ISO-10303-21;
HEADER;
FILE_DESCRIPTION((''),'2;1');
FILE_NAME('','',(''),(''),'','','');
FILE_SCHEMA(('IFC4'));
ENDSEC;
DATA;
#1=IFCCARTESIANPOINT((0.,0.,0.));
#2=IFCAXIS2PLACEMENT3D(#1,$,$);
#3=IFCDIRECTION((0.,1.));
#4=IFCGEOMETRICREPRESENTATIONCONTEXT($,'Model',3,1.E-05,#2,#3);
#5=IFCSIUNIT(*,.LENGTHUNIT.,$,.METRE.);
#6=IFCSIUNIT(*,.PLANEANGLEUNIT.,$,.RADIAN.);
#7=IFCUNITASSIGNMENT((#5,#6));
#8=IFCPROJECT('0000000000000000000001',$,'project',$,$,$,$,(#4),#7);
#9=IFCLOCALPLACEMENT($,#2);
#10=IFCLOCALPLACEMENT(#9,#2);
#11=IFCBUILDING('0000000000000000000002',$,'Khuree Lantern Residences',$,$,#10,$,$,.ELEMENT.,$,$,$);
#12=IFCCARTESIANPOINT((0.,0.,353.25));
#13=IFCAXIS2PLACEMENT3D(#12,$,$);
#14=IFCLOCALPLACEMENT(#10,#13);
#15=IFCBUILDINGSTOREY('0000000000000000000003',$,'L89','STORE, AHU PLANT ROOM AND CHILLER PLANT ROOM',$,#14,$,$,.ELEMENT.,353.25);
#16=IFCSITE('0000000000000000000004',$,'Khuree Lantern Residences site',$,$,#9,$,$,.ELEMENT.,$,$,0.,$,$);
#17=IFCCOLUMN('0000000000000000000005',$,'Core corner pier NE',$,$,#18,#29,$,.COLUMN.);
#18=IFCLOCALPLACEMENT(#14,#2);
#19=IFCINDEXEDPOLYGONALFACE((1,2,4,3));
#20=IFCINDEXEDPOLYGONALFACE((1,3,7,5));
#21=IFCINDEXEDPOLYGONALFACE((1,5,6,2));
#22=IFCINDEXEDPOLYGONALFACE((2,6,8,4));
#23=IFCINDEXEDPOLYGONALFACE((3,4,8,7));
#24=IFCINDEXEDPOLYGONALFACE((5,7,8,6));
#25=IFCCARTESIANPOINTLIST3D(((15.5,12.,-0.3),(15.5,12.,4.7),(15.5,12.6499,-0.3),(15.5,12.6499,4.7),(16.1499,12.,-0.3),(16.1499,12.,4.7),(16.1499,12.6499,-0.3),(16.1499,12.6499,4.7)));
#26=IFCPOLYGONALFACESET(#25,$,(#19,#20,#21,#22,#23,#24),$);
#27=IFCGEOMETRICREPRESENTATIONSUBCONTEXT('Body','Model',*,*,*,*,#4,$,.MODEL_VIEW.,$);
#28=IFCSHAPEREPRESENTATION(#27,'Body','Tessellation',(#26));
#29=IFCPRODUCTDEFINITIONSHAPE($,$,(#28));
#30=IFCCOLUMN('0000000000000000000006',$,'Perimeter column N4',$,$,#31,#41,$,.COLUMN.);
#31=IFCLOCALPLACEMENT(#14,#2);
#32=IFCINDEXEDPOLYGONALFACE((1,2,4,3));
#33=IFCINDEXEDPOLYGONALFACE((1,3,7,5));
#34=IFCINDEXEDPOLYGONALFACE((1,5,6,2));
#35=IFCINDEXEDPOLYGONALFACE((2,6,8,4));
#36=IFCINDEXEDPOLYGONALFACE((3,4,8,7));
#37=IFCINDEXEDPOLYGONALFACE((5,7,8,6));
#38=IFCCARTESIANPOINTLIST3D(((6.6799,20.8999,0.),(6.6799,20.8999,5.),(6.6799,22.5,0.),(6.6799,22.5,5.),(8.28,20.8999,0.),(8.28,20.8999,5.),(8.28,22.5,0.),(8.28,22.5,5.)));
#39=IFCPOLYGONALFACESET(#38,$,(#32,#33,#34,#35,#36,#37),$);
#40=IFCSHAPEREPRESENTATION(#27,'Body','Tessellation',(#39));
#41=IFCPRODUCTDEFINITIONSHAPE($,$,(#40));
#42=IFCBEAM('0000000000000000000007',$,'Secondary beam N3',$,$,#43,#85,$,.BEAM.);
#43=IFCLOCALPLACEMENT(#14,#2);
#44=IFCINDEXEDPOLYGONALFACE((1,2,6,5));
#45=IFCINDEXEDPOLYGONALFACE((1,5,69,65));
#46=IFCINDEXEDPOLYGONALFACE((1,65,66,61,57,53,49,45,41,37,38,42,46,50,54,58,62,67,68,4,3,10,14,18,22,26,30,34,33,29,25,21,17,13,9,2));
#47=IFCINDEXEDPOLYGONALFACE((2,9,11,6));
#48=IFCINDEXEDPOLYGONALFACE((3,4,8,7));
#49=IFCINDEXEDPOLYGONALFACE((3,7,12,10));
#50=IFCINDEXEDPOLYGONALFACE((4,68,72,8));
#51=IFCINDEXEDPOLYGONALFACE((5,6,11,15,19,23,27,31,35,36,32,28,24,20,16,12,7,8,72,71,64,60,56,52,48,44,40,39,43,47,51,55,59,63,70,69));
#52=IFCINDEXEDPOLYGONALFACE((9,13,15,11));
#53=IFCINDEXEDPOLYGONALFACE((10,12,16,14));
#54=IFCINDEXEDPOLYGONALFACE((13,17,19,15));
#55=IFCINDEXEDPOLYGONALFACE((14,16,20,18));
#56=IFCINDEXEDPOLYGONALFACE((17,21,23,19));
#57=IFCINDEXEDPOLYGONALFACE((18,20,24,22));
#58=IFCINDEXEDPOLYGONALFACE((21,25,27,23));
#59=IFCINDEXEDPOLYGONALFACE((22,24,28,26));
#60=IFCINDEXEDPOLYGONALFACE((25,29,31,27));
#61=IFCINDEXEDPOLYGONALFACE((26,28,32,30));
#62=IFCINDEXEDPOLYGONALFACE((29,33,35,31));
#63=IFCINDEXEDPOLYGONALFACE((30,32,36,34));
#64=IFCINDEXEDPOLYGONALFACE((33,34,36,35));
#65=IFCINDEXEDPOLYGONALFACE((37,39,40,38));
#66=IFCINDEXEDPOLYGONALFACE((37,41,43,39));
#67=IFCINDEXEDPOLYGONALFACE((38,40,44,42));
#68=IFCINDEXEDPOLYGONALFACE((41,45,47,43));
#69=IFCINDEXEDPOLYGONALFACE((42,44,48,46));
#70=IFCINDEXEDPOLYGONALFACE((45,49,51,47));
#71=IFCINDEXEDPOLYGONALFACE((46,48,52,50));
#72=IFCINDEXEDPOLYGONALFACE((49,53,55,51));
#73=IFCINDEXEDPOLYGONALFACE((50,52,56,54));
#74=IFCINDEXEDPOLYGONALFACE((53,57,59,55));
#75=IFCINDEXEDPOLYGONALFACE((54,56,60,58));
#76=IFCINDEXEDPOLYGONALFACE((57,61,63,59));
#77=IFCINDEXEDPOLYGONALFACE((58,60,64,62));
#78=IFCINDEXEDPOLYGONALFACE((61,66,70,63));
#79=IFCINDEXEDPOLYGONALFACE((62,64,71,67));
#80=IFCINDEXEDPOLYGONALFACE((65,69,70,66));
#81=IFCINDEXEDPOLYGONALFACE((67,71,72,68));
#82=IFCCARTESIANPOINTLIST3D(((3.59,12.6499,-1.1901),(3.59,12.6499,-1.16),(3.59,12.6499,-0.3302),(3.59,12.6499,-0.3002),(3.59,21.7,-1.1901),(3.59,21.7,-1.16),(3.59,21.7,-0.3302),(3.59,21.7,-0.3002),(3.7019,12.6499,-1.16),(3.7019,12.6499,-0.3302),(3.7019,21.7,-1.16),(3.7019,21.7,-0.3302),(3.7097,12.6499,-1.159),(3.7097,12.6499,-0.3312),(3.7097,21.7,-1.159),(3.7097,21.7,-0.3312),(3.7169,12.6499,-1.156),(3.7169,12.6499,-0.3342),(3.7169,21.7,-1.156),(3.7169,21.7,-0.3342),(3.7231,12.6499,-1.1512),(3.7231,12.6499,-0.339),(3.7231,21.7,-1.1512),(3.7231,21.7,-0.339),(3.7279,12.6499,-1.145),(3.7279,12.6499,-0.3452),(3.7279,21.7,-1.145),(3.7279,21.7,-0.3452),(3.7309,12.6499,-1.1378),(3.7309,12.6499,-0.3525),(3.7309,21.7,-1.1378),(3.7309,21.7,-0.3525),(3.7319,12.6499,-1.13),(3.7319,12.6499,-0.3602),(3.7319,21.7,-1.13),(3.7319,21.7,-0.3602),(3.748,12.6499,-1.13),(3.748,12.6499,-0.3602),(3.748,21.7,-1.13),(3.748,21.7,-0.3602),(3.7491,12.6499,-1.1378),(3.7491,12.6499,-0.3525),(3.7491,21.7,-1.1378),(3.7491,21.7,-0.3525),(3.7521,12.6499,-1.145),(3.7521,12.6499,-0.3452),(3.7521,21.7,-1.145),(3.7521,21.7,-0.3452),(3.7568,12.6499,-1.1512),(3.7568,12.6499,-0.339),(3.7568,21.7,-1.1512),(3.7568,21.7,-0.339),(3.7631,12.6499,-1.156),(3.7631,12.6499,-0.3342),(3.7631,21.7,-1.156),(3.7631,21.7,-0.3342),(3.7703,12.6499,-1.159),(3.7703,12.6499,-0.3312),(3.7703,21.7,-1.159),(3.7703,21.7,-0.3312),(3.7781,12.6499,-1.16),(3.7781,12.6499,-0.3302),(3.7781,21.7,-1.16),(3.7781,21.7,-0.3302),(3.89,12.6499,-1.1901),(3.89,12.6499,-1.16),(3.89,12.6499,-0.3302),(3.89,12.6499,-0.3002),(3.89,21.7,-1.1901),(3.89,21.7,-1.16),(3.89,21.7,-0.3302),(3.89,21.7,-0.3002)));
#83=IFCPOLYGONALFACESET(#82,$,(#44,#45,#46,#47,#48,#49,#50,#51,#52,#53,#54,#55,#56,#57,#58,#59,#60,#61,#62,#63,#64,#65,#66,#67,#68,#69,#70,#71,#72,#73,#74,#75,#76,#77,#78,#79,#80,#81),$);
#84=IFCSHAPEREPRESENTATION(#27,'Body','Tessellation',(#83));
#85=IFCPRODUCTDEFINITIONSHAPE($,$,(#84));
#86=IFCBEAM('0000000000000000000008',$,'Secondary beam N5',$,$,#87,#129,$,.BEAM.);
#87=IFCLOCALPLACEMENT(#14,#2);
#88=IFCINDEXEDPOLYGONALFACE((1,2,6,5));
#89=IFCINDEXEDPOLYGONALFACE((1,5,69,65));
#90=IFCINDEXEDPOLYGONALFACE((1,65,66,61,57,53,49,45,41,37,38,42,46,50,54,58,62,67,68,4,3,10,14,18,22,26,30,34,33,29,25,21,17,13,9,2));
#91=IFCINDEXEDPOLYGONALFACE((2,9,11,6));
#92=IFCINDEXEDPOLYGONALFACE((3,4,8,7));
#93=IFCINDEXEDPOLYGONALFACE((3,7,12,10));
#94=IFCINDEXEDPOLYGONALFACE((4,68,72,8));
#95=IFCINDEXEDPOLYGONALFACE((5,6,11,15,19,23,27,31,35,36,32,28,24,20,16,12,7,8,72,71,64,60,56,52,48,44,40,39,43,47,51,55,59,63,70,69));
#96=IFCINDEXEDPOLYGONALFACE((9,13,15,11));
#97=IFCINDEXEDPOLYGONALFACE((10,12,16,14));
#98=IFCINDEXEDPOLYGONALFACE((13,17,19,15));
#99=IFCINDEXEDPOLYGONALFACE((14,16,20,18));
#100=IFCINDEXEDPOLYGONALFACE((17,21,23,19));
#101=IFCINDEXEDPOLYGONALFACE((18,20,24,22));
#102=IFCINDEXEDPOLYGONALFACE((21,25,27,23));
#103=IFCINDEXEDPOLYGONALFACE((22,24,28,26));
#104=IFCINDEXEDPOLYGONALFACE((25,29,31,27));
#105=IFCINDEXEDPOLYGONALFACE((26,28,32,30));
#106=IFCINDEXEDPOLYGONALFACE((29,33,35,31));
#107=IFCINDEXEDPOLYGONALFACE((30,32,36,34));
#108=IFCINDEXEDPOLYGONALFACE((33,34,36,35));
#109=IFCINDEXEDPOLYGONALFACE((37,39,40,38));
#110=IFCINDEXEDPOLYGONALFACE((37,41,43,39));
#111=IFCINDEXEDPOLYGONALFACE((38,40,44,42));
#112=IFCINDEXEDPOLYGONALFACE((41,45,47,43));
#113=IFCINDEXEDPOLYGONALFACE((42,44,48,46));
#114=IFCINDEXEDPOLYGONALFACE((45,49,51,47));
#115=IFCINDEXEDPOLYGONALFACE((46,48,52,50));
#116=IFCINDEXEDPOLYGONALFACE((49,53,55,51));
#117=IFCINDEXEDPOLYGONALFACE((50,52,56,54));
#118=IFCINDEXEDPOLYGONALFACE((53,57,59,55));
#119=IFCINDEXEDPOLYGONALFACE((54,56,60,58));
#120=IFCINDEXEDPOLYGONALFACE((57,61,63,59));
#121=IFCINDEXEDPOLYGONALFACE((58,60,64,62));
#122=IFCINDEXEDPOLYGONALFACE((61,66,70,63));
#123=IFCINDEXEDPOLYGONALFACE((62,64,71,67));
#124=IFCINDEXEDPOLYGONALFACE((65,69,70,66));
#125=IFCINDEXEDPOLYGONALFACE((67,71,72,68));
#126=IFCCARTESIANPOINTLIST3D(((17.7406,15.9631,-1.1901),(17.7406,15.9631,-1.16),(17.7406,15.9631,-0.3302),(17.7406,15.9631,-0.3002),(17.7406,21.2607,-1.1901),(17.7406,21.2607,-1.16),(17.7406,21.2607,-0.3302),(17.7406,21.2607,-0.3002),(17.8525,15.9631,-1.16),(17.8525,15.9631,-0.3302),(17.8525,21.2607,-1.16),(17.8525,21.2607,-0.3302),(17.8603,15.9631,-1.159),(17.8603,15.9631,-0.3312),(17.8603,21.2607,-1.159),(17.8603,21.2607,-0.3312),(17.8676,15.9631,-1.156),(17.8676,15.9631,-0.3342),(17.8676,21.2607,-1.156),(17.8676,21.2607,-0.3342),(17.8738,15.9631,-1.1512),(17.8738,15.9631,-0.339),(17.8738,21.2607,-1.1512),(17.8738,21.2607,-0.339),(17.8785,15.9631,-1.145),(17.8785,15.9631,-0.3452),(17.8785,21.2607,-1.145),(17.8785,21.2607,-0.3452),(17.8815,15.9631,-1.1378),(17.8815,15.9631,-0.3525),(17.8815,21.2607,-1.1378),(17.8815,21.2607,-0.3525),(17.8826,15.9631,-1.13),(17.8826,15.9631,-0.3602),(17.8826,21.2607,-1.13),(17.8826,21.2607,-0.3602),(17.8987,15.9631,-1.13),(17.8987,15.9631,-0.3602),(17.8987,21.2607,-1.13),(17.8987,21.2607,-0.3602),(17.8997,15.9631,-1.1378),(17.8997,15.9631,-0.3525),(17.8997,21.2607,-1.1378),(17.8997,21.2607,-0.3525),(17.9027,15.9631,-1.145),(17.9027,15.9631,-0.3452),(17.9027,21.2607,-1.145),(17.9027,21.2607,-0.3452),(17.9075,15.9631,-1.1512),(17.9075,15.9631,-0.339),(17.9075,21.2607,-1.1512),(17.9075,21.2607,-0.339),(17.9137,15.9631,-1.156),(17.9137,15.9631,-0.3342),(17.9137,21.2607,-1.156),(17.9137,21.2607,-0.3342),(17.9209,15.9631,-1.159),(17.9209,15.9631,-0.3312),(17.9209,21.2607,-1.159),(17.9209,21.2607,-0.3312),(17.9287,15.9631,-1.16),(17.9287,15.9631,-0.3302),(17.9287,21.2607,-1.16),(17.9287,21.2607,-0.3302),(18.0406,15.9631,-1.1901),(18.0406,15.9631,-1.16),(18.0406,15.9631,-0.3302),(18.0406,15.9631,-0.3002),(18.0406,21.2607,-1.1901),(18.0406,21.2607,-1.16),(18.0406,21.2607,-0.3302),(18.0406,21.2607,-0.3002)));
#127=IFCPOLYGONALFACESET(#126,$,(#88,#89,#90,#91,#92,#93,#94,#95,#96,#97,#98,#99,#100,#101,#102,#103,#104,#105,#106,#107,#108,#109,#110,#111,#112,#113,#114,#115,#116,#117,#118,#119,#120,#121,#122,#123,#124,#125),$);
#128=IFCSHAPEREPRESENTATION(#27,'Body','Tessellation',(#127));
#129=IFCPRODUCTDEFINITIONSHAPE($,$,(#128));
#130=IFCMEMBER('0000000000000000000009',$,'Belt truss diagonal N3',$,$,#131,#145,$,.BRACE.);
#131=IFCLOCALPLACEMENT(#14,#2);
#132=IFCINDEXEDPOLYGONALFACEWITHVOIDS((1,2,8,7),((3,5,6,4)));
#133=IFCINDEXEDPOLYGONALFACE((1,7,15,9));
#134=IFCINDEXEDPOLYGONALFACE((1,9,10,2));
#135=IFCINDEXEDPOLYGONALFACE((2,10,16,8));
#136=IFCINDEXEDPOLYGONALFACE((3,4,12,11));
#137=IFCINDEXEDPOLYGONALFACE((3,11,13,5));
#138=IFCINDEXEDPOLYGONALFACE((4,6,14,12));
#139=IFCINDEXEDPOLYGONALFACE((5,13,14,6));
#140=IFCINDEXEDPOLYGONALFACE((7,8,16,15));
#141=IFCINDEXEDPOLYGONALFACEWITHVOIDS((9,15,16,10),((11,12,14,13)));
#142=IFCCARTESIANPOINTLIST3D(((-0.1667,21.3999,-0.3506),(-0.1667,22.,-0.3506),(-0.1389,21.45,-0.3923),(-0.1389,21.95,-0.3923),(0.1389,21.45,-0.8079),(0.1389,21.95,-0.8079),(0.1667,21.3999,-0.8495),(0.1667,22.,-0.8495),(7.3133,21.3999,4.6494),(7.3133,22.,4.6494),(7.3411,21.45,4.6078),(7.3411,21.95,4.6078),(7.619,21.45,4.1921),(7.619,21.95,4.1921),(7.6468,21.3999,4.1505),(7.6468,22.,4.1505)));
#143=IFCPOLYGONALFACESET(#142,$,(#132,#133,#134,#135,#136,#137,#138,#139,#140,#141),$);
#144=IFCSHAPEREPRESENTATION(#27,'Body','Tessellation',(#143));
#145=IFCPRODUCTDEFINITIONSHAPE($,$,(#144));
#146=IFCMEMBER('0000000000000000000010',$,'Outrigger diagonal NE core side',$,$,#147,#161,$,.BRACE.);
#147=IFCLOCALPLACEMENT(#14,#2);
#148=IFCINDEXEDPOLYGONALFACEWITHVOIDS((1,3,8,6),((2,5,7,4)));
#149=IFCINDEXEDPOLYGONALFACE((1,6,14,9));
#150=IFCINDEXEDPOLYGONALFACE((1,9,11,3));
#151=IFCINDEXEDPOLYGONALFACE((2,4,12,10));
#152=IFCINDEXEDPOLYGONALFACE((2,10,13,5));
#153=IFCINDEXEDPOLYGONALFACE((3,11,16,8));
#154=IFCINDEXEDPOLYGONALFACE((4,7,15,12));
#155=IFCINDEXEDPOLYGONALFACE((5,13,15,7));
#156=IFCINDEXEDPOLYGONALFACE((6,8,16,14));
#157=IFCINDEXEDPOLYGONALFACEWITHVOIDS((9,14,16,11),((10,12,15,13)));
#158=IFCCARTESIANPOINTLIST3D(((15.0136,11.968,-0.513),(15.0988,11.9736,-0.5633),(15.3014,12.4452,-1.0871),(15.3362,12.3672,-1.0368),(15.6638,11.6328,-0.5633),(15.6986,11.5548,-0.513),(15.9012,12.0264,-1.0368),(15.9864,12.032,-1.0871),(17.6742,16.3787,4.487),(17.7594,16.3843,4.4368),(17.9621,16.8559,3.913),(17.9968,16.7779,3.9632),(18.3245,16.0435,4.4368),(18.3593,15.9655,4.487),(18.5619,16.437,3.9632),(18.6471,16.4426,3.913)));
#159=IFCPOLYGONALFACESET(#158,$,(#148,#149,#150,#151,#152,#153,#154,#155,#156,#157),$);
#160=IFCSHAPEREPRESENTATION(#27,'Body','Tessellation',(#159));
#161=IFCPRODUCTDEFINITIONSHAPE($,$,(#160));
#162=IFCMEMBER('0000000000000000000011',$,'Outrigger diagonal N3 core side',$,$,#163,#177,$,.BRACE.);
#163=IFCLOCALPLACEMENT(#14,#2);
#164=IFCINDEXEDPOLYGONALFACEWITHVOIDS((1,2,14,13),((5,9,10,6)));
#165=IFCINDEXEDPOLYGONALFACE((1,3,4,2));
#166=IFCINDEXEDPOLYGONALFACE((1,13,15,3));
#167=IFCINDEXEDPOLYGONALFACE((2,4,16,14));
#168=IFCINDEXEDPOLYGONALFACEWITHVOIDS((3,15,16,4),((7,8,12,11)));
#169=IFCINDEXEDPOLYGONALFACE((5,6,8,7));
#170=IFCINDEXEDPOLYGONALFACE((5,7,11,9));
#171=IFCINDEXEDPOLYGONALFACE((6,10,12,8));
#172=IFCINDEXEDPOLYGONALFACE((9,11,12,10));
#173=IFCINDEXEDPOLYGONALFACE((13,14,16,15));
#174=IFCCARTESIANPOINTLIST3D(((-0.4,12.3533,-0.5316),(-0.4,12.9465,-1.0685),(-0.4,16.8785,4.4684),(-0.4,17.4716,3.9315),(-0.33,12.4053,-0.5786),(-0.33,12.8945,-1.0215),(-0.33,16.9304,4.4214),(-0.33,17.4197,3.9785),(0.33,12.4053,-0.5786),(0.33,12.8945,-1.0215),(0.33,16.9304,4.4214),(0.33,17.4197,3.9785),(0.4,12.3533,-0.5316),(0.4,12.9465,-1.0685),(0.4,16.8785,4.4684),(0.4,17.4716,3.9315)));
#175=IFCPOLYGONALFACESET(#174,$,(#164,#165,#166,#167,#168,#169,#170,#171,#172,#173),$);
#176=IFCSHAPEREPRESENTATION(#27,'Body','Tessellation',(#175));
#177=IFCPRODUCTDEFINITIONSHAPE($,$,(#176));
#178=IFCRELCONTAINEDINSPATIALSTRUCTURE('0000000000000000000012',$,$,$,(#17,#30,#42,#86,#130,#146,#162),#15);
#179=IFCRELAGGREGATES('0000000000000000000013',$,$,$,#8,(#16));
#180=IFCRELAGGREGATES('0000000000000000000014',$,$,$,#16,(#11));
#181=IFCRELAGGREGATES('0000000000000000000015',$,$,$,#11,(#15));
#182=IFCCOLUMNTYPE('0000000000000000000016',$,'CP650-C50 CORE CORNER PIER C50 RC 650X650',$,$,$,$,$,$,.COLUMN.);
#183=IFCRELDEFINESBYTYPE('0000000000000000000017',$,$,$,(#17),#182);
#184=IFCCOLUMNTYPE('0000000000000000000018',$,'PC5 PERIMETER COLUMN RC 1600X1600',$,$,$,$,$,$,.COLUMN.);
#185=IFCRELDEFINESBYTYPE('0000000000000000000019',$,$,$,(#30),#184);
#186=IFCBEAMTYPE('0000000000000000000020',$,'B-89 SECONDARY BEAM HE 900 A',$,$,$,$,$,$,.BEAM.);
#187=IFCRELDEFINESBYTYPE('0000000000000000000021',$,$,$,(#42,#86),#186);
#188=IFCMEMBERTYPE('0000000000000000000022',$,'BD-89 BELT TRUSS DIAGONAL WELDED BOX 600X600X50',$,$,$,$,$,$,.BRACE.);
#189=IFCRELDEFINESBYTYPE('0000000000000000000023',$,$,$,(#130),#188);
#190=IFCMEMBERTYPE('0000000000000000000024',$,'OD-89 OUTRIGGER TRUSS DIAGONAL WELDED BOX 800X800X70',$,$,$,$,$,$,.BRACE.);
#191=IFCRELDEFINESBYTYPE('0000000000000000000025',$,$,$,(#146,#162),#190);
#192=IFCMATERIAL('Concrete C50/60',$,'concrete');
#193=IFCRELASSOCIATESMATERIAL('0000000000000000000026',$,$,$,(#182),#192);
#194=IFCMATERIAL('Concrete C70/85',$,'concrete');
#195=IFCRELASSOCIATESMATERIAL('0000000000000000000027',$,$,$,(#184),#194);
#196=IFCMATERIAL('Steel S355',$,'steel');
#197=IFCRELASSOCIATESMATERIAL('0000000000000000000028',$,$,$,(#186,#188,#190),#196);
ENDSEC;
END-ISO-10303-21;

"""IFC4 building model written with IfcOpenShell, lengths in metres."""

from ifc_helpers import new_model, si_unit, direction, frame, origin, origin_2d, place, context, subcontext, project, spatial, rectangle, hollow_rectangle, i_section, extrude, material, material_profile, profile_set, type_object, element, save


model = new_model("IFC4")

# Units and contexts
model_context = context("Model", 3, precision=1e-05, world=origin(), true_north=direction((0.0, 1.0)))
body_context = subcontext(model_context, "Body", "Model", "MODEL_VIEW")
ifc_project = project(units=[si_unit("LENGTHUNIT", "METRE"), si_unit("PLANEANGLEUNIT", "RADIAN")], contexts=[model_context])

# Site, building, storey
site_placement = place(None, origin())
site = spatial("IfcSite", under=ifc_project, at=site_placement, Name="Khuree Lantern Residences site", CompositionType="ELEMENT", RefElevation=0.0)
building_placement = place(site_placement, origin())
building = spatial("IfcBuilding", under=site, at=building_placement, Name="Khuree Lantern Residences", CompositionType="ELEMENT")
storey_placement = place(building_placement, frame((0.0, 0.0, 353.25)))
storey = spatial("IfcBuildingStorey", under=building, at=storey_placement, Name="L89", Description="STORE, AHU PLANT ROOM AND CHILLER PLANT ROOM", CompositionType="ELEMENT", Elevation=353.25)

# Columns
ifc_material_1 = material(Name="Concrete C50/60", Category="concrete")
ifc_material_profile_1 = material_profile(ifc_material_1, rectangle(XDim=0.6499, YDim=0.6499, at=origin_2d()), Name="RC 650X650")
ifc_profile_set_1 = profile_set([ifc_material_profile_1], Name="Concrete C50/60")
column_type_1 = type_object("IfcColumnType", Name="CP650-C50 CORE CORNER PIER C50 RC 650X650", PredefinedType="COLUMN", material=ifc_profile_set_1)
column_1_placement = place(storey_placement, frame((15.825, 12.325, -0.3), z_axis=(0.0, 0.0, 1.0), x_axis=(1.0, 0.0, 0.0)))
element("IfcColumn", 1, at=column_1_placement, inside=storey, type_object=column_type_1, Name="Core corner pier NE", PredefinedType="COLUMN", context=body_context, shape_type="SweptSolid", body=[
    extrude(rectangle(XDim=0.6499, YDim=0.6499, at=origin_2d()), origin(), (0.0, 0.0, 1.0), 5.0),
])
ifc_material_2 = material(Name="Concrete C70/85", Category="concrete")
ifc_material_profile_2 = material_profile(ifc_material_2, rectangle(XDim=1.6001, YDim=1.6001, at=origin_2d()), Name="RC 1600X1600")
ifc_profile_set_2 = profile_set([ifc_material_profile_2], Name="Concrete C70/85")
column_type_2 = type_object("IfcColumnType", Name="PC5 PERIMETER COLUMN RC 1600X1600", PredefinedType="COLUMN", material=ifc_profile_set_2)
column_2_placement = place(storey_placement, frame((7.48, 21.7, 0.0), z_axis=(0.0, 0.0, 1.0), x_axis=(1.0, 0.0, 0.0)))
element("IfcColumn", 2, at=column_2_placement, inside=storey, type_object=column_type_2, Name="Perimeter column N4", PredefinedType="COLUMN", context=body_context, shape_type="SweptSolid", body=[
    extrude(rectangle(XDim=1.6001, YDim=1.6001, at=origin_2d()), origin(), (0.0, 0.0, 1.0), 5.0),
])

# Beams
ifc_material_3 = material(Name="Steel S355", Category="steel")
ifc_material_profile_3 = material_profile(ifc_material_3, i_section(OverallWidth=0.3, OverallDepth=0.8899, WebThickness=0.0161, FlangeThickness=0.03, FilletRadius=0.03, at=origin_2d()), Name="HE 900 A")
ifc_profile_set_3 = profile_set([ifc_material_profile_3], Name="Steel S355")
beam_type = type_object("IfcBeamType", Name="B-89 SECONDARY BEAM HE 900 A", PredefinedType="BEAM", material=ifc_profile_set_3)
beam_1_placement = place(storey_placement, frame((3.74, 21.7, -0.7451), z_axis=(0.0, -1.0, 0.0), x_axis=(1.0, 0.0, 0.0)))
element("IfcBeam", 3, at=beam_1_placement, inside=storey, type_object=beam_type, Name="Secondary beam N3", PredefinedType="BEAM", context=body_context, shape_type="SweptSolid", body=[
    extrude(i_section(OverallWidth=0.3, OverallDepth=0.8899, WebThickness=0.0161, FlangeThickness=0.03, FilletRadius=0.03, at=origin_2d()), origin(), (0.0, 0.0, 1.0), 9.05),
])
beam_2_placement = place(storey_placement, frame((17.8906, 21.2607, -0.7451), z_axis=(0.0, -1.0, 0.0), x_axis=(1.0, 0.0, 0.0)))
element("IfcBeam", 4, at=beam_2_placement, inside=storey, type_object=beam_type, Name="Secondary beam N5", PredefinedType="BEAM", context=body_context, shape_type="SweptSolid", body=[
    extrude(i_section(OverallWidth=0.3, OverallDepth=0.8899, WebThickness=0.0161, FlangeThickness=0.03, FilletRadius=0.03, at=origin_2d()), origin(), (0.0, 0.0, 1.0), 5.2976),
])

# Members
ifc_material_profile_4 = material_profile(ifc_material_3, hollow_rectangle(XDim=0.6001, YDim=0.6001, WallThickness=0.05, at=origin_2d()), Name="WELDED BOX 600X600X50")
ifc_profile_set_4 = profile_set([ifc_material_profile_4], Name="Steel S355")
member_type_1 = type_object("IfcMemberType", Name="BD-89 BELT TRUSS DIAGONAL WELDED BOX 600X600X50", PredefinedType="BRACE", material=ifc_profile_set_4)
member_1_placement = place(storey_placement, frame((0.0, 21.7, -0.6001), z_axis=(0.831365, 0.0, 0.555727), x_axis=(0.0, 1.0, 0.0)))
element("IfcMember", 5, at=member_1_placement, inside=storey, type_object=member_type_1, Name="Belt truss diagonal N3", PredefinedType="BRACE", context=body_context, shape_type="SweptSolid", body=[
    extrude(hollow_rectangle(XDim=0.6001, YDim=0.6001, WallThickness=0.05, at=origin_2d()), origin(), (0.0, 0.0, 1.0), 8.9973),
])
ifc_material_profile_5 = material_profile(ifc_material_3, hollow_rectangle(XDim=0.8, YDim=0.8, WallThickness=0.0701, at=origin_2d()), Name="WELDED BOX 800X800X70")
ifc_profile_set_5 = profile_set([ifc_material_profile_5], Name="Steel S355")
member_type_2 = type_object("IfcMemberType", Name="OD-89 OUTRIGGER TRUSS DIAGONAL WELDED BOX 800X800X70", PredefinedType="BRACE", material=ifc_profile_set_5)
member_2_placement = place(storey_placement, frame((15.5, 12.0, -0.8), z_axis=(0.370634, 0.614413, 0.696511), x_axis=(-0.856269, 0.51653, 0.0)))
element("IfcMember", 6, at=member_2_placement, inside=storey, type_object=member_type_2, Name="Outrigger diagonal NE core side", PredefinedType="BRACE", context=body_context, shape_type="SweptSolid", body=[
    extrude(hollow_rectangle(XDim=0.8, YDim=0.8, WallThickness=0.0701, at=origin_2d()), origin(), (0.0, 0.0, 1.0), 7.1787),
])
member_3_placement = place(storey_placement, frame((0.0, 12.6499, -0.8), z_axis=(0.0, 0.671022, 0.741437), x_axis=(-1.0, 0.0, 0.0)))
element("IfcMember", 7, at=member_3_placement, inside=storey, type_object=member_type_2, Name="Outrigger diagonal N3 core side", PredefinedType="BRACE", context=body_context, shape_type="SweptSolid", body=[
    extrude(hollow_rectangle(XDim=0.8, YDim=0.8, WallThickness=0.0701, at=origin_2d()), origin(), (0.0, 0.0, 1.0), 6.7437),
])

save(model, "model.ifc")
